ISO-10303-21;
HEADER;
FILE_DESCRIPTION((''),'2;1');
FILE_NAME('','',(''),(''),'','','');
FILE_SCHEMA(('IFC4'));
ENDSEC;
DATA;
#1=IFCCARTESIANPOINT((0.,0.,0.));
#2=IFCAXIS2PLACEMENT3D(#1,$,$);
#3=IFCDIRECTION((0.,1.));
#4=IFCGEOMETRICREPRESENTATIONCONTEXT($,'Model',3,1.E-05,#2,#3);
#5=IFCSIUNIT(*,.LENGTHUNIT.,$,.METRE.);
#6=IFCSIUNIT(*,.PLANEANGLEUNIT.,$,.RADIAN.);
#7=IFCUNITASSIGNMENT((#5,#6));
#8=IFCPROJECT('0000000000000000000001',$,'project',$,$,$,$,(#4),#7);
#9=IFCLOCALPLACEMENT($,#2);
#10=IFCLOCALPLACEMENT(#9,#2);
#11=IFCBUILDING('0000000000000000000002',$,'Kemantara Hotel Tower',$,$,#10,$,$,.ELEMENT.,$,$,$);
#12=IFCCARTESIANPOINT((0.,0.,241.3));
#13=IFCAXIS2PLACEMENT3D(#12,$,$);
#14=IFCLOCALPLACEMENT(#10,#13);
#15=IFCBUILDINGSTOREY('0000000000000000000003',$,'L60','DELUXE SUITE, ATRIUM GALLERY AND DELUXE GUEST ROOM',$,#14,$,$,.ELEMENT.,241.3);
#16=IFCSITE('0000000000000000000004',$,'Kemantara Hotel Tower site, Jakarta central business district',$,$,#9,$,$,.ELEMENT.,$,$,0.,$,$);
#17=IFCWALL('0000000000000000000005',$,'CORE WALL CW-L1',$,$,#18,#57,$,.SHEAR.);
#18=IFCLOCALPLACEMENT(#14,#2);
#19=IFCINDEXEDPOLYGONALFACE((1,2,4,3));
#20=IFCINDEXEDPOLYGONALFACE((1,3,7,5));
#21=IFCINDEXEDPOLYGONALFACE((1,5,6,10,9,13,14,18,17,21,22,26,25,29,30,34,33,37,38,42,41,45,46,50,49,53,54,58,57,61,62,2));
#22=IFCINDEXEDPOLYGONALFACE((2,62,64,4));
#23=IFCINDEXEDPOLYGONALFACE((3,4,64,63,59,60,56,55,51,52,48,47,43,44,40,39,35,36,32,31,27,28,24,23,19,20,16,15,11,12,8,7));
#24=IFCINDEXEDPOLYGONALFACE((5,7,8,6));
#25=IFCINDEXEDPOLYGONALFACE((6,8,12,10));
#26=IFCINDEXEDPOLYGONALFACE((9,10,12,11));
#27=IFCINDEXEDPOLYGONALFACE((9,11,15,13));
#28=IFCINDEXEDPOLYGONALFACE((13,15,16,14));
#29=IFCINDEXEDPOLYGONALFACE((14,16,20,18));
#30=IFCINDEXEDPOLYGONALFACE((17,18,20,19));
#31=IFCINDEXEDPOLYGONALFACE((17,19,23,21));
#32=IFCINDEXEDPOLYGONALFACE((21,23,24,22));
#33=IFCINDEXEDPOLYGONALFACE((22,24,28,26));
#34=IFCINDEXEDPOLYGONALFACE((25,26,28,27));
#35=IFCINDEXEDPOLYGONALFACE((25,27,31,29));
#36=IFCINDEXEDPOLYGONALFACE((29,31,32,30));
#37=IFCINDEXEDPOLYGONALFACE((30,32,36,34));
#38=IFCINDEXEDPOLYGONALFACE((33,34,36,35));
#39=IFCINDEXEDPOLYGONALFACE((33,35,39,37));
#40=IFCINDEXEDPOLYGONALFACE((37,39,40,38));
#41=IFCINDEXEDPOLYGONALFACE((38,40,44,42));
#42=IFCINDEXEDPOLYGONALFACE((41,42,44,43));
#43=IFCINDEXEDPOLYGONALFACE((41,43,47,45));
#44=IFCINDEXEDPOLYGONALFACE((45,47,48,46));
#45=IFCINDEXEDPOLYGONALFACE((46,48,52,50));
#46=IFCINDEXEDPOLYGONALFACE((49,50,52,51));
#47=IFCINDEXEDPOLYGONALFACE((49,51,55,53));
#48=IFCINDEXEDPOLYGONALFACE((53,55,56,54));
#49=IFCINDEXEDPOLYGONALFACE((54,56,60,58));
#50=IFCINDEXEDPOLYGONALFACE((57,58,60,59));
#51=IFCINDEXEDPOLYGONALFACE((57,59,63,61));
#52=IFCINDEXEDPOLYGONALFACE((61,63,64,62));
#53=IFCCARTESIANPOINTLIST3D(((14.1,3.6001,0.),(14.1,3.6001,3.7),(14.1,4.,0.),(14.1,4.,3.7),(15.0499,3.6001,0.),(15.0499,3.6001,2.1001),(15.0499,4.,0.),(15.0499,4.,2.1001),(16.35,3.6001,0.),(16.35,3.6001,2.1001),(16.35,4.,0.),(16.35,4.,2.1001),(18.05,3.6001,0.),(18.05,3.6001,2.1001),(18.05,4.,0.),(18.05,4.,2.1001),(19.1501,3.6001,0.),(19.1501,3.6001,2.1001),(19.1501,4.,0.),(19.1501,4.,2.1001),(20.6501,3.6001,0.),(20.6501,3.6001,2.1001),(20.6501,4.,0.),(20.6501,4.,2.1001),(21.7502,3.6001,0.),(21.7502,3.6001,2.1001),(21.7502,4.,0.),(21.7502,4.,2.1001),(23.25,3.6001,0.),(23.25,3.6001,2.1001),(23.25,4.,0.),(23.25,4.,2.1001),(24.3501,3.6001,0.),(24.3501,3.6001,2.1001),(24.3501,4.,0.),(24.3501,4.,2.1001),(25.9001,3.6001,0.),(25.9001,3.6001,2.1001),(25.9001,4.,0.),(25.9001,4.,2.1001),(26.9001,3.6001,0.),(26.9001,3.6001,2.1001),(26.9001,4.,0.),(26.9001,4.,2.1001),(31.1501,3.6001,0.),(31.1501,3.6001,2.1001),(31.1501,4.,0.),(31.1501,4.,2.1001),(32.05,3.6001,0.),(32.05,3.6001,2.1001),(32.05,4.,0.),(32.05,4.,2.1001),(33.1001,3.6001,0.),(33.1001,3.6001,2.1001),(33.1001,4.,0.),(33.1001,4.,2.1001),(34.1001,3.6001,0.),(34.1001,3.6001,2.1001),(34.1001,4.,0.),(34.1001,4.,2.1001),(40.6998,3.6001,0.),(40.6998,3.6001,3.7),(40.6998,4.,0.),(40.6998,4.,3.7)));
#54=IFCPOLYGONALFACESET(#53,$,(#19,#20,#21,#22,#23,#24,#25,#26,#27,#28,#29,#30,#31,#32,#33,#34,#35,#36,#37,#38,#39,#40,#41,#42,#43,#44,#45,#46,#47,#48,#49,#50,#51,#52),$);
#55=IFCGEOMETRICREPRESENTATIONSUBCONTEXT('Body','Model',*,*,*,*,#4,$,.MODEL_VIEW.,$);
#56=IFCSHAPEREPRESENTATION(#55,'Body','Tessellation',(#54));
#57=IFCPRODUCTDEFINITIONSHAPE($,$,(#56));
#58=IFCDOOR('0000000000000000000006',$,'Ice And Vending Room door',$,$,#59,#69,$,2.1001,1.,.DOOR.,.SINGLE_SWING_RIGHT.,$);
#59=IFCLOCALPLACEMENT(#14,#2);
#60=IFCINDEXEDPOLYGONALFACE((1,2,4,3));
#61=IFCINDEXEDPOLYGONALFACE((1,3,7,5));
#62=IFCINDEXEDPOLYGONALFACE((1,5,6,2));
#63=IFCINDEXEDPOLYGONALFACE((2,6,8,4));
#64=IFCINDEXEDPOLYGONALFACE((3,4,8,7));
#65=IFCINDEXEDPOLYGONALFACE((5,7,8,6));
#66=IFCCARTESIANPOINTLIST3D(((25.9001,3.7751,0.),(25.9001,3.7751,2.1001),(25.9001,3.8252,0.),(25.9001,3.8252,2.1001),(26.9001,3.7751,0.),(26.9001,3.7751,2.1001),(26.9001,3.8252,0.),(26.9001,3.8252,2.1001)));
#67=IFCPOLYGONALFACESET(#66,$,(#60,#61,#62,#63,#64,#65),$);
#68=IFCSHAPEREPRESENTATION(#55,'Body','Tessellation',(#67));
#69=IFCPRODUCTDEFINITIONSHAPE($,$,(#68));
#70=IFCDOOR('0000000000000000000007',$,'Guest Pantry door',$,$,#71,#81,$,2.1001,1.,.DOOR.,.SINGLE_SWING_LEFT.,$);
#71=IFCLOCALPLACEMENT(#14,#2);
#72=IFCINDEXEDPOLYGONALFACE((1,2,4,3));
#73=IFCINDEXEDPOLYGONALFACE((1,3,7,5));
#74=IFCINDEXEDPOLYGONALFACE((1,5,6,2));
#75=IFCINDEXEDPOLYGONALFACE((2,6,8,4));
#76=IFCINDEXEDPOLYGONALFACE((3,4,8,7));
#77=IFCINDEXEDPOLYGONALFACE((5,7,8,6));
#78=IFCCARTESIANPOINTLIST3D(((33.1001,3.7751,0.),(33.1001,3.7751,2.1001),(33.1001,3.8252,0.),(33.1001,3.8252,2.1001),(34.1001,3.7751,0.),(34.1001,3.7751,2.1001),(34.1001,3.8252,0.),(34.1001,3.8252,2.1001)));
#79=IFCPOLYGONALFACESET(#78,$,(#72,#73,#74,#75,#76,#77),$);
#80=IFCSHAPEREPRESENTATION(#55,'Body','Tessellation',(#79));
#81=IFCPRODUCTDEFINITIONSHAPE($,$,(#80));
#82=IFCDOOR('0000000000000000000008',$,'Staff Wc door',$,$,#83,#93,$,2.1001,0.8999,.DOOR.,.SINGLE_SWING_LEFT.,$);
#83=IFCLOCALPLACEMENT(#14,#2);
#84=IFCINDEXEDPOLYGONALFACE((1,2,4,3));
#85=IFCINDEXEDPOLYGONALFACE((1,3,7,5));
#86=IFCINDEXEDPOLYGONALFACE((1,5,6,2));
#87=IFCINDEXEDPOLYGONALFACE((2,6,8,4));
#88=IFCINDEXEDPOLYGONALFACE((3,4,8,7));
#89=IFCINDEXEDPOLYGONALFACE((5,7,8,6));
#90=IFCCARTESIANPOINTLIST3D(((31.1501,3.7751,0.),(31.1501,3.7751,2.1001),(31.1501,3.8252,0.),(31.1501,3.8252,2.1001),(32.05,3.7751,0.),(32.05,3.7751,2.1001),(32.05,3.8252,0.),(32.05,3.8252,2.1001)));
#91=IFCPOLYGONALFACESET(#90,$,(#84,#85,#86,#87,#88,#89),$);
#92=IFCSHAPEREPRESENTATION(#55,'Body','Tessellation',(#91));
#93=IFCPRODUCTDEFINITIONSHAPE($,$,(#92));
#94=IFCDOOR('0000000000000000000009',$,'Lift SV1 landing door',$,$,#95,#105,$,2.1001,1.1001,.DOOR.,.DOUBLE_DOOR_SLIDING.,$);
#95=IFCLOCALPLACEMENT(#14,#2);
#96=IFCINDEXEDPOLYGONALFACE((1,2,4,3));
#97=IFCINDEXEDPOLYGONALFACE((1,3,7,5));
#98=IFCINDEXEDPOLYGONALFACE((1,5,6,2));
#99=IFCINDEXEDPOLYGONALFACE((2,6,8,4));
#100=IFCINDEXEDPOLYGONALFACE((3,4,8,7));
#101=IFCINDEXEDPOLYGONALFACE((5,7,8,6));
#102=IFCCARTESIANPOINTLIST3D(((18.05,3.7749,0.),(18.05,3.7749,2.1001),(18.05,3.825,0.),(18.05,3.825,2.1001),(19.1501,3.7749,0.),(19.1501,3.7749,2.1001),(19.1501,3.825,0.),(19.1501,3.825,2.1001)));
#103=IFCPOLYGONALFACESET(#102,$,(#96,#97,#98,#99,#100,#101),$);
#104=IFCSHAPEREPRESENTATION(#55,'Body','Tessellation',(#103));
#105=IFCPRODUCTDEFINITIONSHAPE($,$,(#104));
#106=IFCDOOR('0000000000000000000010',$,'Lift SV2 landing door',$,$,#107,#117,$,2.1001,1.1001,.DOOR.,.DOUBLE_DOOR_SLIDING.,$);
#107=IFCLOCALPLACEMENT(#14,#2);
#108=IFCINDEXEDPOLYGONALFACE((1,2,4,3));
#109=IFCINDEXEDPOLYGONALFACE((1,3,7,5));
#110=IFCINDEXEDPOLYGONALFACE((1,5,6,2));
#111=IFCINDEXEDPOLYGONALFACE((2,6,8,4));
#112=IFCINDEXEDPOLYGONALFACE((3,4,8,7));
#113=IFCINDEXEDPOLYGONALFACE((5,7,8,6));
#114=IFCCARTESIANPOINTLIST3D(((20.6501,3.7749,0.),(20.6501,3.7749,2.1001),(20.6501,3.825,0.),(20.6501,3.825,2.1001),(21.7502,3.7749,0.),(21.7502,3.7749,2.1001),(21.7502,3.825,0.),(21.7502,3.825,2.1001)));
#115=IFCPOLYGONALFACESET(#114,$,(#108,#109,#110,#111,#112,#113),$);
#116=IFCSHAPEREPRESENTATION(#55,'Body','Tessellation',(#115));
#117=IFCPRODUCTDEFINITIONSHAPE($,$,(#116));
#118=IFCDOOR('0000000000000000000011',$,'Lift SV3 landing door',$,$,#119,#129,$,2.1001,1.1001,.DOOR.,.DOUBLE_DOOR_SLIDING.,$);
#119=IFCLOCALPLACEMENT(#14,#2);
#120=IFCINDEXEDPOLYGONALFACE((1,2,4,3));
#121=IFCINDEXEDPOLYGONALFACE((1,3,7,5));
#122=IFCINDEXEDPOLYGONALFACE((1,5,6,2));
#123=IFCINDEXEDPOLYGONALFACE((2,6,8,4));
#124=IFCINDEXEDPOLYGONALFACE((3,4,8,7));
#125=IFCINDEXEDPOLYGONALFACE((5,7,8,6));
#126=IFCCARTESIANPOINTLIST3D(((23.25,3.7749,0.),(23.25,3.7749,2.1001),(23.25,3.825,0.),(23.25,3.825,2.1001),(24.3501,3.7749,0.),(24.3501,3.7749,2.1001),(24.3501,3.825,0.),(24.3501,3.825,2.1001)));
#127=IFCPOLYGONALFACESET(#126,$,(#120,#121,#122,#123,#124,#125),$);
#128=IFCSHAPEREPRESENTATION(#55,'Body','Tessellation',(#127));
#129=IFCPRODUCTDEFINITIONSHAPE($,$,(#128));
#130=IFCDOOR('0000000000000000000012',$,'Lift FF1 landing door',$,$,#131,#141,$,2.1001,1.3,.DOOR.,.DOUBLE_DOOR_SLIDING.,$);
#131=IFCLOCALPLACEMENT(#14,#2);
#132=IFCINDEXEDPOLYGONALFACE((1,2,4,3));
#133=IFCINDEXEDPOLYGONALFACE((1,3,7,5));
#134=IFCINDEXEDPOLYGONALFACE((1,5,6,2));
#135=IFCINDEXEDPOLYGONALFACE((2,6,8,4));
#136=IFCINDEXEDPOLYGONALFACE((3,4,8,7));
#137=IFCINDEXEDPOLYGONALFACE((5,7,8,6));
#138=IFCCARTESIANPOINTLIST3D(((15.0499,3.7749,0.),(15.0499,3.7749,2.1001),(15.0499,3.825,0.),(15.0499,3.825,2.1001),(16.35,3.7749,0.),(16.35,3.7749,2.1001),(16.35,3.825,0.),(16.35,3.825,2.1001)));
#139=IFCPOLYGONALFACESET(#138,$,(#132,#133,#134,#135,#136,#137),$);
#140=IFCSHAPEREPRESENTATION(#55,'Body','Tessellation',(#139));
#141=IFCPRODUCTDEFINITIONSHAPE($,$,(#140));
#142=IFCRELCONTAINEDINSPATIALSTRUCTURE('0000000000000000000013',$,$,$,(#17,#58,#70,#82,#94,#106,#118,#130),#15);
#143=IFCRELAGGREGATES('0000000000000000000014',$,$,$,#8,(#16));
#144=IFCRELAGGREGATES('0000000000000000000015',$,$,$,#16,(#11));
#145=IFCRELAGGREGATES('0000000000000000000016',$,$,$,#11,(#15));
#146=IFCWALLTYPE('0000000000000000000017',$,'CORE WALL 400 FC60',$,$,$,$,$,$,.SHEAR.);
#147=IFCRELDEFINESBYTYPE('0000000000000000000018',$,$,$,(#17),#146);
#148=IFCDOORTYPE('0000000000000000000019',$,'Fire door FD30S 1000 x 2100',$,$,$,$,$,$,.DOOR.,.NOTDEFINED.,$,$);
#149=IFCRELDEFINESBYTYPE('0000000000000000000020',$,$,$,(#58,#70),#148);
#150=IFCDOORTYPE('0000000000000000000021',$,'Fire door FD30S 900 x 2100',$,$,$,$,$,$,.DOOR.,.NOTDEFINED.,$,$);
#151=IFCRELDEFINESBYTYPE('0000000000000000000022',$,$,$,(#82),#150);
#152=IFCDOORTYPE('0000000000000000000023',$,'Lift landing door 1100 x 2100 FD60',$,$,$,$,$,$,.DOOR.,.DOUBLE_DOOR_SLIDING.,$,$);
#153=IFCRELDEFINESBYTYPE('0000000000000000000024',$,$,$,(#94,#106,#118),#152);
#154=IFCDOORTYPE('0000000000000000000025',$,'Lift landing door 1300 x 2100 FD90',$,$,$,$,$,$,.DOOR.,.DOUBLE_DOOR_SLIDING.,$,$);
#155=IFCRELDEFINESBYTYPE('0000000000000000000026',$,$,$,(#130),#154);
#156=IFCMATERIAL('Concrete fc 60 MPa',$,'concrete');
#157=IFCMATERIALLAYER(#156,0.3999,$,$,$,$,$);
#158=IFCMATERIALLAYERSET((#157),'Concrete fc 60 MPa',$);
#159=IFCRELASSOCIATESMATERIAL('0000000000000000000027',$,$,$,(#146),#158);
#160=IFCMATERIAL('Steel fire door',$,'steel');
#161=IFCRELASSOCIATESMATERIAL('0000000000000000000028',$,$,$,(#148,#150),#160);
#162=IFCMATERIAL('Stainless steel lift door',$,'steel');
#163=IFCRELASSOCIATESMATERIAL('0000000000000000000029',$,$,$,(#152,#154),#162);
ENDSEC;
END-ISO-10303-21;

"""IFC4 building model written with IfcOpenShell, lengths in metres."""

from ifc_helpers import new_model, si_unit, direction, frame, frame_2d, origin, place, context, subcontext, project, spatial, rectangle, extrude, material, layer, layer_set, type_object, element, fill, save


model = new_model("IFC4")

# Units and contexts
model_context = context("Model", 3, precision=1e-05, world=origin(), true_north=direction((0.0, 1.0)))
body_context = subcontext(model_context, "Body", "Model", "MODEL_VIEW")
ifc_project = project(units=[si_unit("LENGTHUNIT", "METRE"), si_unit("PLANEANGLEUNIT", "RADIAN")], contexts=[model_context])

# Site, building, storey
site_placement = place(None, origin())
site = spatial("IfcSite", under=ifc_project, at=site_placement, Name="Kemantara Hotel Tower site, Jakarta central business district", CompositionType="ELEMENT", RefElevation=0.0)
building_placement = place(site_placement, origin())
building = spatial("IfcBuilding", under=site, at=building_placement, Name="Kemantara Hotel Tower", CompositionType="ELEMENT")
storey_placement = place(building_placement, frame((0.0, 0.0, 241.3)))
storey = spatial("IfcBuildingStorey", under=building, at=storey_placement, Name="L60", Description="DELUXE SUITE, ATRIUM GALLERY AND DELUXE GUEST ROOM", CompositionType="ELEMENT", Elevation=241.3)

# Shared definitions
ifc_material_1 = material(Name="Concrete fc 60 MPa", Category="concrete")

# Wall, openings, doors
ifc_layer_1 = layer(ifc_material_1, 0.3999)
ifc_layer_set_1 = layer_set([ifc_layer_1], Name="Concrete fc 60 MPa")
wall_type_1 = type_object("IfcWallType", Name="CORE WALL 400 FC60", PredefinedType="SHEAR", material=ifc_layer_set_1)
ifc_material_2 = material(Name="Steel fire door", Category="steel")
door_type_1 = type_object("IfcDoorType", Name="Fire door FD30S 1000 x 2100", OperationType="NOTDEFINED", PredefinedType="DOOR", material=ifc_material_2)
wall_1_placement = place(storey_placement, frame((14.1001, 3.8, 0.0), z_axis=(0.0, 0.0, 1.0), x_axis=(1.0, 0.0, 0.0)))
wall_1 = element("IfcWall", 1, at=wall_1_placement, inside=storey, type_object=wall_type_1, Name="CORE WALL CW-L1", PredefinedType="SHEAR", context=body_context, shape_type="SweptSolid", body=[
    extrude(rectangle(XDim=26.5999, YDim=0.3999, at=frame_2d((13.2998, 0.0))), origin(), (0.0, 0.0, 1.0), 3.7),
])
opening_1_placement = place(wall_1_placement, frame((0.95, 0.0, 0.0)))
opening_1 = element("IfcOpeningElement", 2, at=opening_1_placement, cuts=wall_1, PredefinedType="OPENING", context=body_context, shape_type="SweptSolid", body=[
    extrude(rectangle(XDim=1.3, YDim=2.1001, at=frame_2d((0.6499, 1.05))), frame((0.0, 0.21, 0.0), z_axis=(0.0, -1.0, 0.0), x_axis=(1.0, 0.0, 0.0)), (0.0, 0.0, 1.0), 0.4199),
])
opening_2_placement = place(wall_1_placement, frame((3.95, 0.0, 0.0)))
opening_2 = element("IfcOpeningElement", 3, at=opening_2_placement, cuts=wall_1, PredefinedType="OPENING", context=body_context, shape_type="SweptSolid", body=[
    extrude(rectangle(XDim=1.1001, YDim=2.1001, at=frame_2d((0.55, 1.05))), frame((0.0, 0.21, 0.0), z_axis=(0.0, -1.0, 0.0), x_axis=(1.0, 0.0, 0.0)), (0.0, 0.0, 1.0), 0.4199),
])
opening_3_placement = place(wall_1_placement, frame((6.55, 0.0, 0.0)))
opening_3 = element("IfcOpeningElement", 4, at=opening_3_placement, cuts=wall_1, PredefinedType="OPENING", context=body_context, shape_type="SweptSolid", body=[
    extrude(rectangle(XDim=1.1001, YDim=2.1001, at=frame_2d((0.55, 1.05))), frame((0.0, 0.21, 0.0), z_axis=(0.0, -1.0, 0.0), x_axis=(1.0, 0.0, 0.0)), (0.0, 0.0, 1.0), 0.4199),
])
opening_4_placement = place(wall_1_placement, frame((9.1499, 0.0, 0.0)))
opening_4 = element("IfcOpeningElement", 5, at=opening_4_placement, cuts=wall_1, PredefinedType="OPENING", context=body_context, shape_type="SweptSolid", body=[
    extrude(rectangle(XDim=1.1001, YDim=2.1001, at=frame_2d((0.55, 1.05))), frame((0.0, 0.21, 0.0), z_axis=(0.0, -1.0, 0.0), x_axis=(1.0, 0.0, 0.0)), (0.0, 0.0, 1.0), 0.4199),
])
opening_5_placement = place(wall_1_placement, frame((11.8, 0.0, 0.0)))
opening_5 = element("IfcOpeningElement", 6, at=opening_5_placement, cuts=wall_1, PredefinedType="OPENING", context=body_context, shape_type="SweptSolid", body=[
    extrude(rectangle(XDim=1.0, YDim=2.1001, at=frame_2d((0.5, 1.05))), frame((0.0, 0.21, 0.0), z_axis=(0.0, -1.0, 0.0), x_axis=(1.0, 0.0, 0.0)), (0.0, 0.0, 1.0), 0.4199),
])
opening_6_placement = place(wall_1_placement, frame((17.05, 0.0, 0.0)))
opening_6 = element("IfcOpeningElement", 7, at=opening_6_placement, cuts=wall_1, PredefinedType="OPENING", context=body_context, shape_type="SweptSolid", body=[
    extrude(rectangle(XDim=0.8999, YDim=2.1001, at=frame_2d((0.45, 1.05))), frame((0.0, 0.21, 0.0), z_axis=(0.0, -1.0, 0.0), x_axis=(1.0, 0.0, 0.0)), (0.0, 0.0, 1.0), 0.4199),
])
opening_7_placement = place(wall_1_placement, frame((19.0, 0.0, 0.0)))
opening_7 = element("IfcOpeningElement", 8, at=opening_7_placement, cuts=wall_1, PredefinedType="OPENING", context=body_context, shape_type="SweptSolid", body=[
    extrude(rectangle(XDim=1.0, YDim=2.1001, at=frame_2d((0.5, 1.05))), frame((0.0, 0.21, 0.0), z_axis=(0.0, -1.0, 0.0), x_axis=(1.0, 0.0, 0.0)), (0.0, 0.0, 1.0), 0.4199),
])
door_1_placement = place(opening_5_placement, frame((1.0, 0.0, 0.0), z_axis=(0.0, 0.0, 1.0), x_axis=(-1.0, 0.0, 0.0)))
door_1 = element("IfcDoor", 9, at=door_1_placement, inside=storey, type_object=door_type_1, Name="Ice And Vending Room door", OperationType="SINGLE_SWING_RIGHT", OverallHeight=2.1001, OverallWidth=1.0, PredefinedType="DOOR", context=body_context, shape_type="SweptSolid", body=[
    extrude(rectangle(XDim=1.0, YDim=2.1001, at=frame_2d((0.5, 1.05))), frame((0.0, 0.0249, 0.0), z_axis=(0.0, -1.0, 0.0), x_axis=(1.0, 0.0, 0.0)), (0.0, 0.0, 1.0), 0.05),
])
fill(opening_5, door_1)
door_2_placement = place(opening_7_placement, frame((1.0, 0.0, 0.0), z_axis=(0.0, 0.0, 1.0), x_axis=(-1.0, 0.0, 0.0)))
door_2 = element("IfcDoor", 10, at=door_2_placement, inside=storey, type_object=door_type_1, Name="Guest Pantry door", OperationType="SINGLE_SWING_LEFT", OverallHeight=2.1001, OverallWidth=1.0, PredefinedType="DOOR", context=body_context, shape_type="SweptSolid", body=[
    extrude(rectangle(XDim=1.0, YDim=2.1001, at=frame_2d((0.5, 1.05))), frame((0.0, 0.0249, 0.0), z_axis=(0.0, -1.0, 0.0), x_axis=(1.0, 0.0, 0.0)), (0.0, 0.0, 1.0), 0.05),
])
fill(opening_7, door_2)
door_type_2 = type_object("IfcDoorType", Name="Fire door FD30S 900 x 2100", OperationType="NOTDEFINED", PredefinedType="DOOR", material=ifc_material_2)
door_3_placement = place(opening_6_placement, frame((0.8999, 0.0, 0.0), z_axis=(0.0, 0.0, 1.0), x_axis=(-1.0, 0.0, 0.0)))
door_3 = element("IfcDoor", 11, at=door_3_placement, inside=storey, type_object=door_type_2, Name="Staff Wc door", OperationType="SINGLE_SWING_LEFT", OverallHeight=2.1001, OverallWidth=0.8999, PredefinedType="DOOR", context=body_context, shape_type="SweptSolid", body=[
    extrude(rectangle(XDim=0.8999, YDim=2.1001, at=frame_2d((0.45, 1.05))), frame((0.0, 0.0249, 0.0), z_axis=(0.0, -1.0, 0.0), x_axis=(1.0, 0.0, 0.0)), (0.0, 0.0, 1.0), 0.05),
])
fill(opening_6, door_3)
ifc_material_3 = material(Name="Stainless steel lift door", Category="steel")
door_type_3 = type_object("IfcDoorType", Name="Lift landing door 1100 x 2100 FD60", OperationType="DOUBLE_DOOR_SLIDING", PredefinedType="DOOR", material=ifc_material_3)
door_4_placement = place(opening_2_placement, origin())
door_4 = element("IfcDoor", 12, at=door_4_placement, inside=storey, type_object=door_type_3, Name="Lift SV1 landing door", OperationType="DOUBLE_DOOR_SLIDING", OverallHeight=2.1001, OverallWidth=1.1001, PredefinedType="DOOR", context=body_context, shape_type="SweptSolid", body=[
    extrude(rectangle(XDim=1.1001, YDim=2.1001, at=frame_2d((0.55, 1.05))), frame((0.0, 0.0249, 0.0), z_axis=(0.0, -1.0, 0.0), x_axis=(1.0, 0.0, 0.0)), (0.0, 0.0, 1.0), 0.05),
])
fill(opening_2, door_4)
door_5_placement = place(opening_3_placement, origin())
door_5 = element("IfcDoor", 13, at=door_5_placement, inside=storey, type_object=door_type_3, Name="Lift SV2 landing door", OperationType="DOUBLE_DOOR_SLIDING", OverallHeight=2.1001, OverallWidth=1.1001, PredefinedType="DOOR", context=body_context, shape_type="SweptSolid", body=[
    extrude(rectangle(XDim=1.1001, YDim=2.1001, at=frame_2d((0.55, 1.05))), frame((0.0, 0.0249, 0.0), z_axis=(0.0, -1.0, 0.0), x_axis=(1.0, 0.0, 0.0)), (0.0, 0.0, 1.0), 0.05),
])
fill(opening_3, door_5)
door_6_placement = place(opening_4_placement, origin())
door_6 = element("IfcDoor", 14, at=door_6_placement, inside=storey, type_object=door_type_3, Name="Lift SV3 landing door", OperationType="DOUBLE_DOOR_SLIDING", OverallHeight=2.1001, OverallWidth=1.1001, PredefinedType="DOOR", context=body_context, shape_type="SweptSolid", body=[
    extrude(rectangle(XDim=1.1001, YDim=2.1001, at=frame_2d((0.55, 1.05))), frame((0.0, 0.0249, 0.0), z_axis=(0.0, -1.0, 0.0), x_axis=(1.0, 0.0, 0.0)), (0.0, 0.0, 1.0), 0.05),
])
fill(opening_4, door_6)
door_type_4 = type_object("IfcDoorType", Name="Lift landing door 1300 x 2100 FD90", OperationType="DOUBLE_DOOR_SLIDING", PredefinedType="DOOR", material=ifc_material_3)
door_7_placement = place(opening_1_placement, origin())
door_7 = element("IfcDoor", 15, at=door_7_placement, inside=storey, type_object=door_type_4, Name="Lift FF1 landing door", OperationType="DOUBLE_DOOR_SLIDING", OverallHeight=2.1001, OverallWidth=1.3, PredefinedType="DOOR", context=body_context, shape_type="SweptSolid", body=[
    extrude(rectangle(XDim=1.3, YDim=2.1001, at=frame_2d((0.6499, 1.05))), frame((0.0, 0.0249, 0.0), z_axis=(0.0, -1.0, 0.0), x_axis=(1.0, 0.0, 0.0)), (0.0, 0.0, 1.0), 0.05),
])
fill(opening_1, door_7)

save(model, "model.ifc")
